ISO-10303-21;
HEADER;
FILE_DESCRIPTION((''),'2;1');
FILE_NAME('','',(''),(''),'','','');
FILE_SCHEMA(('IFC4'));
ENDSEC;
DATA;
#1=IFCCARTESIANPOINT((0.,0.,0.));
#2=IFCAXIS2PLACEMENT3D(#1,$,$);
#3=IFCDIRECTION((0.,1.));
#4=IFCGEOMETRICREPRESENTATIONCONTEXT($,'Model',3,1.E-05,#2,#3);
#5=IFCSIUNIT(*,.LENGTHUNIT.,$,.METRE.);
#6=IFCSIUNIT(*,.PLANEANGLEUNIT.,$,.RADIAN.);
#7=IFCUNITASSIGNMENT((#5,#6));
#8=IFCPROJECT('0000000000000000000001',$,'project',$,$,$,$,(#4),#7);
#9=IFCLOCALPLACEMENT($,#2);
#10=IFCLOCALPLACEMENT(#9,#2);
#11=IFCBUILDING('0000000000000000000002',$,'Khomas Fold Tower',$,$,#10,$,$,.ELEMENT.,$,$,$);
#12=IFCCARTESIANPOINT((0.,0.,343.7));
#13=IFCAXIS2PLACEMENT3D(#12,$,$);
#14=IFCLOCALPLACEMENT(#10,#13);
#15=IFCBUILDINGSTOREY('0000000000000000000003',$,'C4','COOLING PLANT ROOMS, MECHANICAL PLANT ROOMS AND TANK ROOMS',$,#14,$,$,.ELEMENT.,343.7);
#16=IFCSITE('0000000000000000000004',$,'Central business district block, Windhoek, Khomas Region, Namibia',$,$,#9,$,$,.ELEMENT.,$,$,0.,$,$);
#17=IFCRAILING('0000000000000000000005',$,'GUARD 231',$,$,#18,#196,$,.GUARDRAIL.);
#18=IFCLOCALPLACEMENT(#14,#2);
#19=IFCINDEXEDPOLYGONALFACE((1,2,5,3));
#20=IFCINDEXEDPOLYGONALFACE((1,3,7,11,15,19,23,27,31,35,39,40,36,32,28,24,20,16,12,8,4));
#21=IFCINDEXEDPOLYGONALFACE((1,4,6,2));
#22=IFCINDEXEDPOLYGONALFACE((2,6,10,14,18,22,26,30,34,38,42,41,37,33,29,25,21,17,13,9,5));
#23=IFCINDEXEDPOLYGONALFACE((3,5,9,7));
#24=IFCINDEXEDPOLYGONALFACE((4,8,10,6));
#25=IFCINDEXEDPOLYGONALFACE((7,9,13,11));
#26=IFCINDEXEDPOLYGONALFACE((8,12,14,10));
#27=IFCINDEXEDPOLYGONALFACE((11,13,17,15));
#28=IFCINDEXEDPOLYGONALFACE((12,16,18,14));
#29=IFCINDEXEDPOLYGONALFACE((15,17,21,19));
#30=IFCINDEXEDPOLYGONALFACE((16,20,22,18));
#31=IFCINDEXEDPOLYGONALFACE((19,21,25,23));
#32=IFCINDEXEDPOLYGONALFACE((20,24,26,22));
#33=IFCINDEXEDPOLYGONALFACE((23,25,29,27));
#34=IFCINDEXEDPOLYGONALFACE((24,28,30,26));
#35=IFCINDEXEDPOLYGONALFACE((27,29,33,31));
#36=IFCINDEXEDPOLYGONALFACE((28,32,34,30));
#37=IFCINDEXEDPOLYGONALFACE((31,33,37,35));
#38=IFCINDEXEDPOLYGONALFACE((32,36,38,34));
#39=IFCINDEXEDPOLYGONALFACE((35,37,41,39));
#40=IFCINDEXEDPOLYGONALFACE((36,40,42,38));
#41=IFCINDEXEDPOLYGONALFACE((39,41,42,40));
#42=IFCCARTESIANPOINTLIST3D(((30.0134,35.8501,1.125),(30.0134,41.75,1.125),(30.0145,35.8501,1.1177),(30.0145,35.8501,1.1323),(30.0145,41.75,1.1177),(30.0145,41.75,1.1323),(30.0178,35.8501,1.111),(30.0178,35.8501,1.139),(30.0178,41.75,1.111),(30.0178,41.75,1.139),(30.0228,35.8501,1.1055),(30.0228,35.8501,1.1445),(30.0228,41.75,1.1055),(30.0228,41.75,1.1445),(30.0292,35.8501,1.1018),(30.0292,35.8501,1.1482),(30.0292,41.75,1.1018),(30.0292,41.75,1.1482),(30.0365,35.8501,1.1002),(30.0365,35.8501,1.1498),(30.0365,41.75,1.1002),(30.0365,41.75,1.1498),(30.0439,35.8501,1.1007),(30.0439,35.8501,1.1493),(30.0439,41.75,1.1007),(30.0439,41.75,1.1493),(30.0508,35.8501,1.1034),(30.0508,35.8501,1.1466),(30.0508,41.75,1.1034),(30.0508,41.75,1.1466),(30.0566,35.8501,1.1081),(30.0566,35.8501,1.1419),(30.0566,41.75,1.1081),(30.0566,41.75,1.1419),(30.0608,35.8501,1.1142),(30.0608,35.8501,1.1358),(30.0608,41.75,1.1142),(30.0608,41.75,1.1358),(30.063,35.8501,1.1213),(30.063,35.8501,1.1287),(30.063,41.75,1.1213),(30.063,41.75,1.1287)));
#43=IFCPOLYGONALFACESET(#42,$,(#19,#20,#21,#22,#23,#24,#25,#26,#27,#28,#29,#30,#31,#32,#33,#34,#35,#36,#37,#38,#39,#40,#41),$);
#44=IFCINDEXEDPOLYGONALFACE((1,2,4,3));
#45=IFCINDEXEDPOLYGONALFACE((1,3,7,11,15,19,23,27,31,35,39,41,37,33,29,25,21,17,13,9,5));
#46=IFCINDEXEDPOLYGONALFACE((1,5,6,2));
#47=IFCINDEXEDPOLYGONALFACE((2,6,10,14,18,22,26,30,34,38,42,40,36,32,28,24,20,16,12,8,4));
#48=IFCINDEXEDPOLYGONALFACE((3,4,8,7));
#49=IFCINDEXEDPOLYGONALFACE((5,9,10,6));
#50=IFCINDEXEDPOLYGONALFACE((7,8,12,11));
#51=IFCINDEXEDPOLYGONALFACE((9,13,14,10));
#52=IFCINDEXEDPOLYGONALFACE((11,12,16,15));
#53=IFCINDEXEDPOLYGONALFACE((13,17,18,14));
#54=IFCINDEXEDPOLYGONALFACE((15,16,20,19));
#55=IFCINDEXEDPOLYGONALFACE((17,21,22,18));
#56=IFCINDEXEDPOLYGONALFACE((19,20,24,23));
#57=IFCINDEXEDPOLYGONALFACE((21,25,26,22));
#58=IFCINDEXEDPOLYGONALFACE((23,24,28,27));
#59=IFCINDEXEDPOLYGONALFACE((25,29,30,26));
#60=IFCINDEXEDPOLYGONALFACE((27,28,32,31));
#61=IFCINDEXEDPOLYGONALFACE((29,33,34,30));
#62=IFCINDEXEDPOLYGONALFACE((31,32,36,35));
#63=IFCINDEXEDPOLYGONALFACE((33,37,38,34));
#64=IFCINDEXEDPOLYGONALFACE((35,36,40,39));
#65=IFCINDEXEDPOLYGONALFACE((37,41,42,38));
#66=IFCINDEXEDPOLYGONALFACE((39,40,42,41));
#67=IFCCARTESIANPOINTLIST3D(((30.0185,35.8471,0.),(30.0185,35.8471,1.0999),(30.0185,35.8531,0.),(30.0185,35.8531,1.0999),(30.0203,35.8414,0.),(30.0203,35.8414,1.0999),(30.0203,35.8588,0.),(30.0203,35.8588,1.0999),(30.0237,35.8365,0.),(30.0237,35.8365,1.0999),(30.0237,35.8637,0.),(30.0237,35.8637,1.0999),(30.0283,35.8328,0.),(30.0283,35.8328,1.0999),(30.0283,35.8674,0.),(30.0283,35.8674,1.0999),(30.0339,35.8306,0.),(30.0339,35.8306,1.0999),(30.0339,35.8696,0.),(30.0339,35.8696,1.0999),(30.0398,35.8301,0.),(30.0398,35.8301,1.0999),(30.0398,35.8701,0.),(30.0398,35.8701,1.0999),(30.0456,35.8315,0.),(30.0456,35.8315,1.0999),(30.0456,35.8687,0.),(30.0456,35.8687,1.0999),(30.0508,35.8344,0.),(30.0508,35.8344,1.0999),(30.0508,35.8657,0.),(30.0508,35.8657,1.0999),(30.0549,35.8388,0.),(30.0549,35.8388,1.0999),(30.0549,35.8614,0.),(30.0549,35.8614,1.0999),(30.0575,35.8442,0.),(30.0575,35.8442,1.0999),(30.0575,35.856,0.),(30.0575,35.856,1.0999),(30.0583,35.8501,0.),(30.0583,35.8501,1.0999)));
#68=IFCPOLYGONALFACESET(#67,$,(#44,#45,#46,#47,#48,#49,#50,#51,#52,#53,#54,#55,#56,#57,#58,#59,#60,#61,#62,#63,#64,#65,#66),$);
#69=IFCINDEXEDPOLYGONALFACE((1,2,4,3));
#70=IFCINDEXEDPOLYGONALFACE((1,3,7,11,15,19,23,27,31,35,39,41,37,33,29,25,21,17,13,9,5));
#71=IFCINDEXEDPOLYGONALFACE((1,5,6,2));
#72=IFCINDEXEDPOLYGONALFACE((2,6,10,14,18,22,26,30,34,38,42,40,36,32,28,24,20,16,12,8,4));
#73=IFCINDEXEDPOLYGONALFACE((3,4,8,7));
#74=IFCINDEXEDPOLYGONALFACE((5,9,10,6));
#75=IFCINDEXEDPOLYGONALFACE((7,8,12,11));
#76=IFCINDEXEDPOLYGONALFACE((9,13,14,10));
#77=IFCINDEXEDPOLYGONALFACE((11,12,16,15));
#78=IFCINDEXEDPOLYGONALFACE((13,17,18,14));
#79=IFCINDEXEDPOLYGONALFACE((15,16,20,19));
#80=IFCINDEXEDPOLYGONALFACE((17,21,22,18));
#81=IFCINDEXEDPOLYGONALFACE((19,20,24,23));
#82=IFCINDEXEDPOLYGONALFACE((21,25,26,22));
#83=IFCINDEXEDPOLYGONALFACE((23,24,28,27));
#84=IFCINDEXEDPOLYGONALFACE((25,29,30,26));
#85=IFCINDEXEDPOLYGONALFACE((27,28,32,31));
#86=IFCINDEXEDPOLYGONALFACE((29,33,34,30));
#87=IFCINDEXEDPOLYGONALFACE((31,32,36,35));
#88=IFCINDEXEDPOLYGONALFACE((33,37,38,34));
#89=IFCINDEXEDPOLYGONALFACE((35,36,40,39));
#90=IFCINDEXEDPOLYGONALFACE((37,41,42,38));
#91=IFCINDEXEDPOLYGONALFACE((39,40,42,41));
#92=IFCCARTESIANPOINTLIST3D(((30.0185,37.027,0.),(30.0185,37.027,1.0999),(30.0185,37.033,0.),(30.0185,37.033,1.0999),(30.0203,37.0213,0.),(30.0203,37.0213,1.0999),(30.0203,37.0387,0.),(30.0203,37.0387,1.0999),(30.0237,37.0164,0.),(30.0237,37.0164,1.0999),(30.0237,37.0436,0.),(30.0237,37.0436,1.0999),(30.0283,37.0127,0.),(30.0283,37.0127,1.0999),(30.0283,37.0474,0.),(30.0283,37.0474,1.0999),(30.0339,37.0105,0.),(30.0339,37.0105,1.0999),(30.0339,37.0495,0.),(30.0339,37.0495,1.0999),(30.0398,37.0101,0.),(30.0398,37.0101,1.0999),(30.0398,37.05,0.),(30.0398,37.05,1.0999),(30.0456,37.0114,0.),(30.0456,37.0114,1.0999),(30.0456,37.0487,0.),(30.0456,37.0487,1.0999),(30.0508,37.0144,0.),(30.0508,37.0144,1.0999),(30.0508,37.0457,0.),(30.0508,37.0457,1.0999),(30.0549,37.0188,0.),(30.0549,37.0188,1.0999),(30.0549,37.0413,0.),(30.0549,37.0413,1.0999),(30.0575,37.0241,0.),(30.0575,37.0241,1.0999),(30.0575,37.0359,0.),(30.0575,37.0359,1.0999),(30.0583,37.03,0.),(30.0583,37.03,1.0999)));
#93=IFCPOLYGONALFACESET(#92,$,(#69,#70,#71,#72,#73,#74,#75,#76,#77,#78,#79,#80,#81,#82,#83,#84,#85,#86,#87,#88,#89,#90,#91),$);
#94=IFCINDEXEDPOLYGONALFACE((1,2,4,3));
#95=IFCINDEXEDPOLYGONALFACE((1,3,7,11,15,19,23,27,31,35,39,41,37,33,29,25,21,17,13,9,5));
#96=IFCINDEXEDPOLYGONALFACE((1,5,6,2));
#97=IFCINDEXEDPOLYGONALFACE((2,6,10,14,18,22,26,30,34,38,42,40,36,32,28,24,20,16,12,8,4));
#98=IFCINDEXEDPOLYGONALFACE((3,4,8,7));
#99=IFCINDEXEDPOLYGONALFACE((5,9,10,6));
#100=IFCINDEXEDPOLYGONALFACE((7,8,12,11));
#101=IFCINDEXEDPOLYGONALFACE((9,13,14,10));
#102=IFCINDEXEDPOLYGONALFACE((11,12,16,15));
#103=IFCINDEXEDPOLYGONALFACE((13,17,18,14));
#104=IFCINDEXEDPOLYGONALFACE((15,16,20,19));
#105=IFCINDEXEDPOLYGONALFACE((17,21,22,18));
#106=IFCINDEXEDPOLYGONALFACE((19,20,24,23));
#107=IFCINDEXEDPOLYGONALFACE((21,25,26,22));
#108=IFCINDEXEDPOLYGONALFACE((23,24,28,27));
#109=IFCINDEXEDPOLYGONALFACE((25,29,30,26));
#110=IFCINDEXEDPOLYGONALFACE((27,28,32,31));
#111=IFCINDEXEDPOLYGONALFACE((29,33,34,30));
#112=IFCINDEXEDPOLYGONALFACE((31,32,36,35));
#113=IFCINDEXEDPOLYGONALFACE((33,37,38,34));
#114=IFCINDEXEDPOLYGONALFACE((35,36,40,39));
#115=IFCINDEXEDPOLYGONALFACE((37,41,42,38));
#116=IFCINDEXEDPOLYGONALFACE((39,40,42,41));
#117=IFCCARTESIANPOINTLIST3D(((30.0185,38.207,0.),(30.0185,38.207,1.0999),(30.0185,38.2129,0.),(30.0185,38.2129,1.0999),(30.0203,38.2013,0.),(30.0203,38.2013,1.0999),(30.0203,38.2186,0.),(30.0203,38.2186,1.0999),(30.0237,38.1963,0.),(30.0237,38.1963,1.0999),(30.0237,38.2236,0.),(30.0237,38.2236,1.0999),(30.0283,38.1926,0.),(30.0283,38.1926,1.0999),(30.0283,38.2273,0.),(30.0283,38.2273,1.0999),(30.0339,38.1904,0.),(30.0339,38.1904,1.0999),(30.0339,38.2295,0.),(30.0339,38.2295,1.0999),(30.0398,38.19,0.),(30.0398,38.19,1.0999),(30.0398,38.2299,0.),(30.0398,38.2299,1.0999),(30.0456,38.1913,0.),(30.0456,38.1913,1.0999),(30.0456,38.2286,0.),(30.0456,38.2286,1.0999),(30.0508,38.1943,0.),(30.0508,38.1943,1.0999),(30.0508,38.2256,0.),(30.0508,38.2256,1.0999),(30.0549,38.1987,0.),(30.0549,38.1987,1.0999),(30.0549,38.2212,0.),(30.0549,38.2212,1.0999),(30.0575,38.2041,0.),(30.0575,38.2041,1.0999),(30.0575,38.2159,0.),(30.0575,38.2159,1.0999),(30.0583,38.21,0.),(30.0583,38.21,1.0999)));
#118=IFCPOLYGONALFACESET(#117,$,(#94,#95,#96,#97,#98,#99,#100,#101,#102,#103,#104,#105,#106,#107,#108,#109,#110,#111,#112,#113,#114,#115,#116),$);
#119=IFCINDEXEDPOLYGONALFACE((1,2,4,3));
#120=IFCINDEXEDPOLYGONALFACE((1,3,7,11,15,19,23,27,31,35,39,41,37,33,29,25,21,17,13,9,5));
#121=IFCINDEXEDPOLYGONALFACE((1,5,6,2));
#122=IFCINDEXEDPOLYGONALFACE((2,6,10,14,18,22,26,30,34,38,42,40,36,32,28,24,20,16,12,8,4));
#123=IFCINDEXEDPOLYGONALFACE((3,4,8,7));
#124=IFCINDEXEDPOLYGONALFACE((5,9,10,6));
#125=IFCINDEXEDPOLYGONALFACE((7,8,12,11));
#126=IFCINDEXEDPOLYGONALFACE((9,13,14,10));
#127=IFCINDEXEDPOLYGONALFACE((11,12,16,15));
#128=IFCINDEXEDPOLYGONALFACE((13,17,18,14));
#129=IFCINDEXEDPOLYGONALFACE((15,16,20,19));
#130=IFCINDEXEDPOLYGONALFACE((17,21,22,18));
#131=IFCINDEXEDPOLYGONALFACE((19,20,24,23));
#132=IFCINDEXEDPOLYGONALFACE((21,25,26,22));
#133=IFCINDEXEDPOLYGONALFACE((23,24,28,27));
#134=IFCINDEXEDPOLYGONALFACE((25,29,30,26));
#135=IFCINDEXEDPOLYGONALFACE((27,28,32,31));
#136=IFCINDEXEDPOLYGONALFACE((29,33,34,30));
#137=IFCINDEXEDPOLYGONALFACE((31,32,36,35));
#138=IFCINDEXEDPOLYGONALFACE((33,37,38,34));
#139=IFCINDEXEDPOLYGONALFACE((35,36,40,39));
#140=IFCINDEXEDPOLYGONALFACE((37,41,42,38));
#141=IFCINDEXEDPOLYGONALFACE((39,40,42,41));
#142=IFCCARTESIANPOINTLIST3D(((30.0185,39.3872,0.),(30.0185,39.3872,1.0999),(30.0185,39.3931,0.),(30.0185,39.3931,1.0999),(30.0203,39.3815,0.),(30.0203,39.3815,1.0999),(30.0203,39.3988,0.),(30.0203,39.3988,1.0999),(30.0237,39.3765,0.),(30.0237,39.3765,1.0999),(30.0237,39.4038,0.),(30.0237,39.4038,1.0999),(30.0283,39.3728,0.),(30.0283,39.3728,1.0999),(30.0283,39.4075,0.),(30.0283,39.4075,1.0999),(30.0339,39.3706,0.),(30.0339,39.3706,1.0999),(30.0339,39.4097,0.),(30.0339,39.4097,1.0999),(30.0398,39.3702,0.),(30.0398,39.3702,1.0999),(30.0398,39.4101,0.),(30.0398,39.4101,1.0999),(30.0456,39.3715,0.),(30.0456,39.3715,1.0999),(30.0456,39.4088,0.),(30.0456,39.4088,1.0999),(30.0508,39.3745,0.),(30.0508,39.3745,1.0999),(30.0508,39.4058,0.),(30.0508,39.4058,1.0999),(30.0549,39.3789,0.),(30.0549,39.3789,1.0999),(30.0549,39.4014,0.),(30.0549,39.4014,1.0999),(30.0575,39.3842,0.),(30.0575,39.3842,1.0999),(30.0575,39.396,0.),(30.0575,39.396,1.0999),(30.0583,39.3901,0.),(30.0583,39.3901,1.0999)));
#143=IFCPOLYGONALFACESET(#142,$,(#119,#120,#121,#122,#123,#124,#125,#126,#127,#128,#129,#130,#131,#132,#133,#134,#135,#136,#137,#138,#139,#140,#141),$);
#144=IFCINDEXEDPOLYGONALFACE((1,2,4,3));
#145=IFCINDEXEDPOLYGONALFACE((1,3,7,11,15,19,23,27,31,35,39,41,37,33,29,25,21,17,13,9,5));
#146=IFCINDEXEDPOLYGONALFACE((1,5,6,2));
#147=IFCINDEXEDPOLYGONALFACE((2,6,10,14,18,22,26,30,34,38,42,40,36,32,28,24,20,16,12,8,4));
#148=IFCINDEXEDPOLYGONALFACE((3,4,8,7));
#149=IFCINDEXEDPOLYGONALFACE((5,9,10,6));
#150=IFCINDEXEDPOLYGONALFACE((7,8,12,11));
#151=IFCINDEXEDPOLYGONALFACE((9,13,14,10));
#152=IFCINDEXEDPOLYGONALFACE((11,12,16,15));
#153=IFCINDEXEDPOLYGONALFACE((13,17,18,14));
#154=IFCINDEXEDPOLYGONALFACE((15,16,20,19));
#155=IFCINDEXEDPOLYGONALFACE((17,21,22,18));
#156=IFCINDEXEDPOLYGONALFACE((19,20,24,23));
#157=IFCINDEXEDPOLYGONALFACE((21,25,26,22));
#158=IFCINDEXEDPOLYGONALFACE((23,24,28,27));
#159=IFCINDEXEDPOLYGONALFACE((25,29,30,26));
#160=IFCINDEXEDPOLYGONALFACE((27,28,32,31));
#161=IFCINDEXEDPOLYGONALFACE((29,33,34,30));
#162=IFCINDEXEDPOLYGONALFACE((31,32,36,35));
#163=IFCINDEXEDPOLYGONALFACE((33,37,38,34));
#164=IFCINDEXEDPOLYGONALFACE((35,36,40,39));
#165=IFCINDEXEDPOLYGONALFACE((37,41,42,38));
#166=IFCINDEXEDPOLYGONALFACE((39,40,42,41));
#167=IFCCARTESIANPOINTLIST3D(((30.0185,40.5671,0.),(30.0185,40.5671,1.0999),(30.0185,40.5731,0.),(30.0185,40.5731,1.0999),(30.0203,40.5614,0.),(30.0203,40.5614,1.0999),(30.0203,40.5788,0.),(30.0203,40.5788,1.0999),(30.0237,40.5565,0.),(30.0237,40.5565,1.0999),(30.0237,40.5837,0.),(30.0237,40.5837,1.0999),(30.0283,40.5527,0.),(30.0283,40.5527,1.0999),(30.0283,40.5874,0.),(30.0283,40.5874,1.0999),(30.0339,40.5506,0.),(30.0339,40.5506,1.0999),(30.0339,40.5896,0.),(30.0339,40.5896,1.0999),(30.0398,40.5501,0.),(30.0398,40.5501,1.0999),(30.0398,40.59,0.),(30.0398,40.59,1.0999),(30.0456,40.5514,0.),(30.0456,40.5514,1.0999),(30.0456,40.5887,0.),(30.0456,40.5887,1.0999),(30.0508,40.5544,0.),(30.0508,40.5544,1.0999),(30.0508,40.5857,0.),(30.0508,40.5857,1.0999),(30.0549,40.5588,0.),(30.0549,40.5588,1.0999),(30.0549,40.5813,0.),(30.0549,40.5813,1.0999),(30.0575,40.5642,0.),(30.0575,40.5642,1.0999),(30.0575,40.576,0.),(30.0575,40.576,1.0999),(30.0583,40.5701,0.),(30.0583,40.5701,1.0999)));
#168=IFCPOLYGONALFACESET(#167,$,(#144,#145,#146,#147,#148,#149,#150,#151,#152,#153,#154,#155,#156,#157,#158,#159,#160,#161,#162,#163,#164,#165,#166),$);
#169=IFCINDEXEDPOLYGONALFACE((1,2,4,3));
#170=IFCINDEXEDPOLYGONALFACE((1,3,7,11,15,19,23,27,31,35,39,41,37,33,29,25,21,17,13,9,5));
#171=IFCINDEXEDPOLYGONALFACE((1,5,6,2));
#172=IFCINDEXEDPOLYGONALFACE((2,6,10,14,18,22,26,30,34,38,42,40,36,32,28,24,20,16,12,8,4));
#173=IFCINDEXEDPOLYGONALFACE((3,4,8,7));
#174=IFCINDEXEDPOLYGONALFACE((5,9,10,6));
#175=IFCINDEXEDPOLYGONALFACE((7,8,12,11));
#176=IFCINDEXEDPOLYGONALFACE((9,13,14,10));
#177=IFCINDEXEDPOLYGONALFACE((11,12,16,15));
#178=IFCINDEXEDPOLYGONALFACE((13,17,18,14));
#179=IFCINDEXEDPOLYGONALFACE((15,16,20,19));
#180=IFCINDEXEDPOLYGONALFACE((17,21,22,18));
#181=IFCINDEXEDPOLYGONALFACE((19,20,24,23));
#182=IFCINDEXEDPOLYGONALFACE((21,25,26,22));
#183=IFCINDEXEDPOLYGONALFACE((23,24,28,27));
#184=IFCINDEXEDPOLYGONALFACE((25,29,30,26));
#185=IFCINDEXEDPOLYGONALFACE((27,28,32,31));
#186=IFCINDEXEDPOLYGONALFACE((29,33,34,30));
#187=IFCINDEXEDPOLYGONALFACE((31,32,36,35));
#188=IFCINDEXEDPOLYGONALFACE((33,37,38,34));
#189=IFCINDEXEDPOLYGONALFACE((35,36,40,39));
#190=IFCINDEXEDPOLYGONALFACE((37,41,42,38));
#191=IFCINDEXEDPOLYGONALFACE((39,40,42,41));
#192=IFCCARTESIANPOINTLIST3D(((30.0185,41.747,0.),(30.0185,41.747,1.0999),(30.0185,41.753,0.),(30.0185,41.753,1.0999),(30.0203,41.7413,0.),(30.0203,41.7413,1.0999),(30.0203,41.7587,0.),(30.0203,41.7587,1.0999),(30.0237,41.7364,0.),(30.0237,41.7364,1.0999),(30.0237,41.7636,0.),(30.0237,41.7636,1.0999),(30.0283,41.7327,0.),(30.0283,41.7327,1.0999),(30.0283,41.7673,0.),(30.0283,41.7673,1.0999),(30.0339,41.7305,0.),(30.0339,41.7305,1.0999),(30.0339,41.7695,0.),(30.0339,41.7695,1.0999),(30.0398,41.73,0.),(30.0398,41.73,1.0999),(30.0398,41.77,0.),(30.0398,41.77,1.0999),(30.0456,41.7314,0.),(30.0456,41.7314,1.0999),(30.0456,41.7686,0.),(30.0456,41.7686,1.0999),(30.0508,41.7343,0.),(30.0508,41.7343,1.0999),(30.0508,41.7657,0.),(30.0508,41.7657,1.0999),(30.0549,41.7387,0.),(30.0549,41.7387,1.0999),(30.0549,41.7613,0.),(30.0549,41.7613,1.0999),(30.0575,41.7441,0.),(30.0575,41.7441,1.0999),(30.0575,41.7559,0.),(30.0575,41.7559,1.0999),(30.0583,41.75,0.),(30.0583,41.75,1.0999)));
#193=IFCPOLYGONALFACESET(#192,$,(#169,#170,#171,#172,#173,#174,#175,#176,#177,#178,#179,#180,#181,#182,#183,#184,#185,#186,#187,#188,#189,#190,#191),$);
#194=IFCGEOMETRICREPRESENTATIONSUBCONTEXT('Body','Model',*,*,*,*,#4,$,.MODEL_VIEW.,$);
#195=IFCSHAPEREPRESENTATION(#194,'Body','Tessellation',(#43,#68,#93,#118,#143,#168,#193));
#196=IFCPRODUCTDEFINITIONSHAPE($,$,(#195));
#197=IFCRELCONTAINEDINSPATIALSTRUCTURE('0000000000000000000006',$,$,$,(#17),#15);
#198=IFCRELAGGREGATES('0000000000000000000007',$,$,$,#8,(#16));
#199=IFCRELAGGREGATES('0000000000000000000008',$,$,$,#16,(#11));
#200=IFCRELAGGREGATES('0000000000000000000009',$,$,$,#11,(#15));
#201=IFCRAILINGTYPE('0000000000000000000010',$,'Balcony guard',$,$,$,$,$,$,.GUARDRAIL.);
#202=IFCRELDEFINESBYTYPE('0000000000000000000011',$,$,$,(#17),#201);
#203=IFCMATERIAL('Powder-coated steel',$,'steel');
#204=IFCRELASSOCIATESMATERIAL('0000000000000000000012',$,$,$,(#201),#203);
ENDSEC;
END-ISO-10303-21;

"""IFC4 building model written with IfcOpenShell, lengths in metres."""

from ifc_helpers import new_model, si_unit, direction, frame, origin, origin_2d, place, context, subcontext, project, spatial, circle, extrude, source, transform, mapped, material, type_object, element, save


model = new_model("IFC4")

# Units and contexts
model_context = context("Model", 3, precision=1e-05, world=origin(), true_north=direction((0.0, 1.0)))
body_context = subcontext(model_context, "Body", "Model", "MODEL_VIEW")
ifc_project = project(units=[si_unit("LENGTHUNIT", "METRE"), si_unit("PLANEANGLEUNIT", "RADIAN")], contexts=[model_context])

# Site, building, storey
site_placement = place(None, origin())
site = spatial("IfcSite", under=ifc_project, at=site_placement, Name="Central business district block, Windhoek, Khomas Region, Namibia", CompositionType="ELEMENT", RefElevation=0.0)
building_placement = place(site_placement, origin())
building = spatial("IfcBuilding", under=site, at=building_placement, Name="Khomas Fold Tower", CompositionType="ELEMENT")
storey_placement = place(building_placement, frame((0.0, 0.0, 343.7)))
storey = spatial("IfcBuildingStorey", under=building, at=storey_placement, Name="C4", Description="COOLING PLANT ROOMS, MECHANICAL PLANT ROOMS AND TANK ROOMS", CompositionType="ELEMENT", Elevation=343.7)

# Railing
ifc_material_1 = material(Name="Powder-coated steel", Category="steel")
railing_type_1 = type_object("IfcRailingType", Name="Balcony guard", PredefinedType="GUARDRAIL", material=ifc_material_1)
shared_shape_1 = source(origin(), body_context, "Body", "SweptSolid", [
    extrude(circle(Radius=0.0249, at=origin_2d()), frame((0.0, 0.0, 1.125), z_axis=(0.0, 1.0, 0.0), x_axis=(-1.0, 0.0, 0.0)), (0.0, 0.0, 1.0), 5.8999),
    extrude(circle(Radius=0.02, at=origin_2d()), origin(), (0.0, 0.0, 1.0), 1.0999),
    extrude(circle(Radius=0.02, at=origin_2d()), frame((0.0, 1.1799, 0.0)), (0.0, 0.0, 1.0), 1.0999),
    extrude(circle(Radius=0.02, at=origin_2d()), frame((0.0, 2.3599, 0.0)), (0.0, 0.0, 1.0), 1.0999),
    extrude(circle(Radius=0.02, at=origin_2d()), frame((0.0, 3.54, 0.0)), (0.0, 0.0, 1.0), 1.0999),
    extrude(circle(Radius=0.02, at=origin_2d()), frame((0.0, 4.72, 0.0)), (0.0, 0.0, 1.0), 1.0999),
    extrude(circle(Radius=0.02, at=origin_2d()), frame((0.0, 5.8999, 0.0)), (0.0, 0.0, 1.0), 1.0999),
])
for number, where, name in (
    (1, (30.0383, 35.8501, 0.0), "GUARD 231"),
):
    element("IfcRailing", number, at=place(storey_placement, frame(where)), inside=storey, type_object=railing_type_1, Name=name, PredefinedType="GUARDRAIL", context=body_context, shape_type="MappedRepresentation", body=[
        mapped(shared_shape_1, transform((0.0, 0.0, 0.0))),
    ])

save(model, "model.ifc")
